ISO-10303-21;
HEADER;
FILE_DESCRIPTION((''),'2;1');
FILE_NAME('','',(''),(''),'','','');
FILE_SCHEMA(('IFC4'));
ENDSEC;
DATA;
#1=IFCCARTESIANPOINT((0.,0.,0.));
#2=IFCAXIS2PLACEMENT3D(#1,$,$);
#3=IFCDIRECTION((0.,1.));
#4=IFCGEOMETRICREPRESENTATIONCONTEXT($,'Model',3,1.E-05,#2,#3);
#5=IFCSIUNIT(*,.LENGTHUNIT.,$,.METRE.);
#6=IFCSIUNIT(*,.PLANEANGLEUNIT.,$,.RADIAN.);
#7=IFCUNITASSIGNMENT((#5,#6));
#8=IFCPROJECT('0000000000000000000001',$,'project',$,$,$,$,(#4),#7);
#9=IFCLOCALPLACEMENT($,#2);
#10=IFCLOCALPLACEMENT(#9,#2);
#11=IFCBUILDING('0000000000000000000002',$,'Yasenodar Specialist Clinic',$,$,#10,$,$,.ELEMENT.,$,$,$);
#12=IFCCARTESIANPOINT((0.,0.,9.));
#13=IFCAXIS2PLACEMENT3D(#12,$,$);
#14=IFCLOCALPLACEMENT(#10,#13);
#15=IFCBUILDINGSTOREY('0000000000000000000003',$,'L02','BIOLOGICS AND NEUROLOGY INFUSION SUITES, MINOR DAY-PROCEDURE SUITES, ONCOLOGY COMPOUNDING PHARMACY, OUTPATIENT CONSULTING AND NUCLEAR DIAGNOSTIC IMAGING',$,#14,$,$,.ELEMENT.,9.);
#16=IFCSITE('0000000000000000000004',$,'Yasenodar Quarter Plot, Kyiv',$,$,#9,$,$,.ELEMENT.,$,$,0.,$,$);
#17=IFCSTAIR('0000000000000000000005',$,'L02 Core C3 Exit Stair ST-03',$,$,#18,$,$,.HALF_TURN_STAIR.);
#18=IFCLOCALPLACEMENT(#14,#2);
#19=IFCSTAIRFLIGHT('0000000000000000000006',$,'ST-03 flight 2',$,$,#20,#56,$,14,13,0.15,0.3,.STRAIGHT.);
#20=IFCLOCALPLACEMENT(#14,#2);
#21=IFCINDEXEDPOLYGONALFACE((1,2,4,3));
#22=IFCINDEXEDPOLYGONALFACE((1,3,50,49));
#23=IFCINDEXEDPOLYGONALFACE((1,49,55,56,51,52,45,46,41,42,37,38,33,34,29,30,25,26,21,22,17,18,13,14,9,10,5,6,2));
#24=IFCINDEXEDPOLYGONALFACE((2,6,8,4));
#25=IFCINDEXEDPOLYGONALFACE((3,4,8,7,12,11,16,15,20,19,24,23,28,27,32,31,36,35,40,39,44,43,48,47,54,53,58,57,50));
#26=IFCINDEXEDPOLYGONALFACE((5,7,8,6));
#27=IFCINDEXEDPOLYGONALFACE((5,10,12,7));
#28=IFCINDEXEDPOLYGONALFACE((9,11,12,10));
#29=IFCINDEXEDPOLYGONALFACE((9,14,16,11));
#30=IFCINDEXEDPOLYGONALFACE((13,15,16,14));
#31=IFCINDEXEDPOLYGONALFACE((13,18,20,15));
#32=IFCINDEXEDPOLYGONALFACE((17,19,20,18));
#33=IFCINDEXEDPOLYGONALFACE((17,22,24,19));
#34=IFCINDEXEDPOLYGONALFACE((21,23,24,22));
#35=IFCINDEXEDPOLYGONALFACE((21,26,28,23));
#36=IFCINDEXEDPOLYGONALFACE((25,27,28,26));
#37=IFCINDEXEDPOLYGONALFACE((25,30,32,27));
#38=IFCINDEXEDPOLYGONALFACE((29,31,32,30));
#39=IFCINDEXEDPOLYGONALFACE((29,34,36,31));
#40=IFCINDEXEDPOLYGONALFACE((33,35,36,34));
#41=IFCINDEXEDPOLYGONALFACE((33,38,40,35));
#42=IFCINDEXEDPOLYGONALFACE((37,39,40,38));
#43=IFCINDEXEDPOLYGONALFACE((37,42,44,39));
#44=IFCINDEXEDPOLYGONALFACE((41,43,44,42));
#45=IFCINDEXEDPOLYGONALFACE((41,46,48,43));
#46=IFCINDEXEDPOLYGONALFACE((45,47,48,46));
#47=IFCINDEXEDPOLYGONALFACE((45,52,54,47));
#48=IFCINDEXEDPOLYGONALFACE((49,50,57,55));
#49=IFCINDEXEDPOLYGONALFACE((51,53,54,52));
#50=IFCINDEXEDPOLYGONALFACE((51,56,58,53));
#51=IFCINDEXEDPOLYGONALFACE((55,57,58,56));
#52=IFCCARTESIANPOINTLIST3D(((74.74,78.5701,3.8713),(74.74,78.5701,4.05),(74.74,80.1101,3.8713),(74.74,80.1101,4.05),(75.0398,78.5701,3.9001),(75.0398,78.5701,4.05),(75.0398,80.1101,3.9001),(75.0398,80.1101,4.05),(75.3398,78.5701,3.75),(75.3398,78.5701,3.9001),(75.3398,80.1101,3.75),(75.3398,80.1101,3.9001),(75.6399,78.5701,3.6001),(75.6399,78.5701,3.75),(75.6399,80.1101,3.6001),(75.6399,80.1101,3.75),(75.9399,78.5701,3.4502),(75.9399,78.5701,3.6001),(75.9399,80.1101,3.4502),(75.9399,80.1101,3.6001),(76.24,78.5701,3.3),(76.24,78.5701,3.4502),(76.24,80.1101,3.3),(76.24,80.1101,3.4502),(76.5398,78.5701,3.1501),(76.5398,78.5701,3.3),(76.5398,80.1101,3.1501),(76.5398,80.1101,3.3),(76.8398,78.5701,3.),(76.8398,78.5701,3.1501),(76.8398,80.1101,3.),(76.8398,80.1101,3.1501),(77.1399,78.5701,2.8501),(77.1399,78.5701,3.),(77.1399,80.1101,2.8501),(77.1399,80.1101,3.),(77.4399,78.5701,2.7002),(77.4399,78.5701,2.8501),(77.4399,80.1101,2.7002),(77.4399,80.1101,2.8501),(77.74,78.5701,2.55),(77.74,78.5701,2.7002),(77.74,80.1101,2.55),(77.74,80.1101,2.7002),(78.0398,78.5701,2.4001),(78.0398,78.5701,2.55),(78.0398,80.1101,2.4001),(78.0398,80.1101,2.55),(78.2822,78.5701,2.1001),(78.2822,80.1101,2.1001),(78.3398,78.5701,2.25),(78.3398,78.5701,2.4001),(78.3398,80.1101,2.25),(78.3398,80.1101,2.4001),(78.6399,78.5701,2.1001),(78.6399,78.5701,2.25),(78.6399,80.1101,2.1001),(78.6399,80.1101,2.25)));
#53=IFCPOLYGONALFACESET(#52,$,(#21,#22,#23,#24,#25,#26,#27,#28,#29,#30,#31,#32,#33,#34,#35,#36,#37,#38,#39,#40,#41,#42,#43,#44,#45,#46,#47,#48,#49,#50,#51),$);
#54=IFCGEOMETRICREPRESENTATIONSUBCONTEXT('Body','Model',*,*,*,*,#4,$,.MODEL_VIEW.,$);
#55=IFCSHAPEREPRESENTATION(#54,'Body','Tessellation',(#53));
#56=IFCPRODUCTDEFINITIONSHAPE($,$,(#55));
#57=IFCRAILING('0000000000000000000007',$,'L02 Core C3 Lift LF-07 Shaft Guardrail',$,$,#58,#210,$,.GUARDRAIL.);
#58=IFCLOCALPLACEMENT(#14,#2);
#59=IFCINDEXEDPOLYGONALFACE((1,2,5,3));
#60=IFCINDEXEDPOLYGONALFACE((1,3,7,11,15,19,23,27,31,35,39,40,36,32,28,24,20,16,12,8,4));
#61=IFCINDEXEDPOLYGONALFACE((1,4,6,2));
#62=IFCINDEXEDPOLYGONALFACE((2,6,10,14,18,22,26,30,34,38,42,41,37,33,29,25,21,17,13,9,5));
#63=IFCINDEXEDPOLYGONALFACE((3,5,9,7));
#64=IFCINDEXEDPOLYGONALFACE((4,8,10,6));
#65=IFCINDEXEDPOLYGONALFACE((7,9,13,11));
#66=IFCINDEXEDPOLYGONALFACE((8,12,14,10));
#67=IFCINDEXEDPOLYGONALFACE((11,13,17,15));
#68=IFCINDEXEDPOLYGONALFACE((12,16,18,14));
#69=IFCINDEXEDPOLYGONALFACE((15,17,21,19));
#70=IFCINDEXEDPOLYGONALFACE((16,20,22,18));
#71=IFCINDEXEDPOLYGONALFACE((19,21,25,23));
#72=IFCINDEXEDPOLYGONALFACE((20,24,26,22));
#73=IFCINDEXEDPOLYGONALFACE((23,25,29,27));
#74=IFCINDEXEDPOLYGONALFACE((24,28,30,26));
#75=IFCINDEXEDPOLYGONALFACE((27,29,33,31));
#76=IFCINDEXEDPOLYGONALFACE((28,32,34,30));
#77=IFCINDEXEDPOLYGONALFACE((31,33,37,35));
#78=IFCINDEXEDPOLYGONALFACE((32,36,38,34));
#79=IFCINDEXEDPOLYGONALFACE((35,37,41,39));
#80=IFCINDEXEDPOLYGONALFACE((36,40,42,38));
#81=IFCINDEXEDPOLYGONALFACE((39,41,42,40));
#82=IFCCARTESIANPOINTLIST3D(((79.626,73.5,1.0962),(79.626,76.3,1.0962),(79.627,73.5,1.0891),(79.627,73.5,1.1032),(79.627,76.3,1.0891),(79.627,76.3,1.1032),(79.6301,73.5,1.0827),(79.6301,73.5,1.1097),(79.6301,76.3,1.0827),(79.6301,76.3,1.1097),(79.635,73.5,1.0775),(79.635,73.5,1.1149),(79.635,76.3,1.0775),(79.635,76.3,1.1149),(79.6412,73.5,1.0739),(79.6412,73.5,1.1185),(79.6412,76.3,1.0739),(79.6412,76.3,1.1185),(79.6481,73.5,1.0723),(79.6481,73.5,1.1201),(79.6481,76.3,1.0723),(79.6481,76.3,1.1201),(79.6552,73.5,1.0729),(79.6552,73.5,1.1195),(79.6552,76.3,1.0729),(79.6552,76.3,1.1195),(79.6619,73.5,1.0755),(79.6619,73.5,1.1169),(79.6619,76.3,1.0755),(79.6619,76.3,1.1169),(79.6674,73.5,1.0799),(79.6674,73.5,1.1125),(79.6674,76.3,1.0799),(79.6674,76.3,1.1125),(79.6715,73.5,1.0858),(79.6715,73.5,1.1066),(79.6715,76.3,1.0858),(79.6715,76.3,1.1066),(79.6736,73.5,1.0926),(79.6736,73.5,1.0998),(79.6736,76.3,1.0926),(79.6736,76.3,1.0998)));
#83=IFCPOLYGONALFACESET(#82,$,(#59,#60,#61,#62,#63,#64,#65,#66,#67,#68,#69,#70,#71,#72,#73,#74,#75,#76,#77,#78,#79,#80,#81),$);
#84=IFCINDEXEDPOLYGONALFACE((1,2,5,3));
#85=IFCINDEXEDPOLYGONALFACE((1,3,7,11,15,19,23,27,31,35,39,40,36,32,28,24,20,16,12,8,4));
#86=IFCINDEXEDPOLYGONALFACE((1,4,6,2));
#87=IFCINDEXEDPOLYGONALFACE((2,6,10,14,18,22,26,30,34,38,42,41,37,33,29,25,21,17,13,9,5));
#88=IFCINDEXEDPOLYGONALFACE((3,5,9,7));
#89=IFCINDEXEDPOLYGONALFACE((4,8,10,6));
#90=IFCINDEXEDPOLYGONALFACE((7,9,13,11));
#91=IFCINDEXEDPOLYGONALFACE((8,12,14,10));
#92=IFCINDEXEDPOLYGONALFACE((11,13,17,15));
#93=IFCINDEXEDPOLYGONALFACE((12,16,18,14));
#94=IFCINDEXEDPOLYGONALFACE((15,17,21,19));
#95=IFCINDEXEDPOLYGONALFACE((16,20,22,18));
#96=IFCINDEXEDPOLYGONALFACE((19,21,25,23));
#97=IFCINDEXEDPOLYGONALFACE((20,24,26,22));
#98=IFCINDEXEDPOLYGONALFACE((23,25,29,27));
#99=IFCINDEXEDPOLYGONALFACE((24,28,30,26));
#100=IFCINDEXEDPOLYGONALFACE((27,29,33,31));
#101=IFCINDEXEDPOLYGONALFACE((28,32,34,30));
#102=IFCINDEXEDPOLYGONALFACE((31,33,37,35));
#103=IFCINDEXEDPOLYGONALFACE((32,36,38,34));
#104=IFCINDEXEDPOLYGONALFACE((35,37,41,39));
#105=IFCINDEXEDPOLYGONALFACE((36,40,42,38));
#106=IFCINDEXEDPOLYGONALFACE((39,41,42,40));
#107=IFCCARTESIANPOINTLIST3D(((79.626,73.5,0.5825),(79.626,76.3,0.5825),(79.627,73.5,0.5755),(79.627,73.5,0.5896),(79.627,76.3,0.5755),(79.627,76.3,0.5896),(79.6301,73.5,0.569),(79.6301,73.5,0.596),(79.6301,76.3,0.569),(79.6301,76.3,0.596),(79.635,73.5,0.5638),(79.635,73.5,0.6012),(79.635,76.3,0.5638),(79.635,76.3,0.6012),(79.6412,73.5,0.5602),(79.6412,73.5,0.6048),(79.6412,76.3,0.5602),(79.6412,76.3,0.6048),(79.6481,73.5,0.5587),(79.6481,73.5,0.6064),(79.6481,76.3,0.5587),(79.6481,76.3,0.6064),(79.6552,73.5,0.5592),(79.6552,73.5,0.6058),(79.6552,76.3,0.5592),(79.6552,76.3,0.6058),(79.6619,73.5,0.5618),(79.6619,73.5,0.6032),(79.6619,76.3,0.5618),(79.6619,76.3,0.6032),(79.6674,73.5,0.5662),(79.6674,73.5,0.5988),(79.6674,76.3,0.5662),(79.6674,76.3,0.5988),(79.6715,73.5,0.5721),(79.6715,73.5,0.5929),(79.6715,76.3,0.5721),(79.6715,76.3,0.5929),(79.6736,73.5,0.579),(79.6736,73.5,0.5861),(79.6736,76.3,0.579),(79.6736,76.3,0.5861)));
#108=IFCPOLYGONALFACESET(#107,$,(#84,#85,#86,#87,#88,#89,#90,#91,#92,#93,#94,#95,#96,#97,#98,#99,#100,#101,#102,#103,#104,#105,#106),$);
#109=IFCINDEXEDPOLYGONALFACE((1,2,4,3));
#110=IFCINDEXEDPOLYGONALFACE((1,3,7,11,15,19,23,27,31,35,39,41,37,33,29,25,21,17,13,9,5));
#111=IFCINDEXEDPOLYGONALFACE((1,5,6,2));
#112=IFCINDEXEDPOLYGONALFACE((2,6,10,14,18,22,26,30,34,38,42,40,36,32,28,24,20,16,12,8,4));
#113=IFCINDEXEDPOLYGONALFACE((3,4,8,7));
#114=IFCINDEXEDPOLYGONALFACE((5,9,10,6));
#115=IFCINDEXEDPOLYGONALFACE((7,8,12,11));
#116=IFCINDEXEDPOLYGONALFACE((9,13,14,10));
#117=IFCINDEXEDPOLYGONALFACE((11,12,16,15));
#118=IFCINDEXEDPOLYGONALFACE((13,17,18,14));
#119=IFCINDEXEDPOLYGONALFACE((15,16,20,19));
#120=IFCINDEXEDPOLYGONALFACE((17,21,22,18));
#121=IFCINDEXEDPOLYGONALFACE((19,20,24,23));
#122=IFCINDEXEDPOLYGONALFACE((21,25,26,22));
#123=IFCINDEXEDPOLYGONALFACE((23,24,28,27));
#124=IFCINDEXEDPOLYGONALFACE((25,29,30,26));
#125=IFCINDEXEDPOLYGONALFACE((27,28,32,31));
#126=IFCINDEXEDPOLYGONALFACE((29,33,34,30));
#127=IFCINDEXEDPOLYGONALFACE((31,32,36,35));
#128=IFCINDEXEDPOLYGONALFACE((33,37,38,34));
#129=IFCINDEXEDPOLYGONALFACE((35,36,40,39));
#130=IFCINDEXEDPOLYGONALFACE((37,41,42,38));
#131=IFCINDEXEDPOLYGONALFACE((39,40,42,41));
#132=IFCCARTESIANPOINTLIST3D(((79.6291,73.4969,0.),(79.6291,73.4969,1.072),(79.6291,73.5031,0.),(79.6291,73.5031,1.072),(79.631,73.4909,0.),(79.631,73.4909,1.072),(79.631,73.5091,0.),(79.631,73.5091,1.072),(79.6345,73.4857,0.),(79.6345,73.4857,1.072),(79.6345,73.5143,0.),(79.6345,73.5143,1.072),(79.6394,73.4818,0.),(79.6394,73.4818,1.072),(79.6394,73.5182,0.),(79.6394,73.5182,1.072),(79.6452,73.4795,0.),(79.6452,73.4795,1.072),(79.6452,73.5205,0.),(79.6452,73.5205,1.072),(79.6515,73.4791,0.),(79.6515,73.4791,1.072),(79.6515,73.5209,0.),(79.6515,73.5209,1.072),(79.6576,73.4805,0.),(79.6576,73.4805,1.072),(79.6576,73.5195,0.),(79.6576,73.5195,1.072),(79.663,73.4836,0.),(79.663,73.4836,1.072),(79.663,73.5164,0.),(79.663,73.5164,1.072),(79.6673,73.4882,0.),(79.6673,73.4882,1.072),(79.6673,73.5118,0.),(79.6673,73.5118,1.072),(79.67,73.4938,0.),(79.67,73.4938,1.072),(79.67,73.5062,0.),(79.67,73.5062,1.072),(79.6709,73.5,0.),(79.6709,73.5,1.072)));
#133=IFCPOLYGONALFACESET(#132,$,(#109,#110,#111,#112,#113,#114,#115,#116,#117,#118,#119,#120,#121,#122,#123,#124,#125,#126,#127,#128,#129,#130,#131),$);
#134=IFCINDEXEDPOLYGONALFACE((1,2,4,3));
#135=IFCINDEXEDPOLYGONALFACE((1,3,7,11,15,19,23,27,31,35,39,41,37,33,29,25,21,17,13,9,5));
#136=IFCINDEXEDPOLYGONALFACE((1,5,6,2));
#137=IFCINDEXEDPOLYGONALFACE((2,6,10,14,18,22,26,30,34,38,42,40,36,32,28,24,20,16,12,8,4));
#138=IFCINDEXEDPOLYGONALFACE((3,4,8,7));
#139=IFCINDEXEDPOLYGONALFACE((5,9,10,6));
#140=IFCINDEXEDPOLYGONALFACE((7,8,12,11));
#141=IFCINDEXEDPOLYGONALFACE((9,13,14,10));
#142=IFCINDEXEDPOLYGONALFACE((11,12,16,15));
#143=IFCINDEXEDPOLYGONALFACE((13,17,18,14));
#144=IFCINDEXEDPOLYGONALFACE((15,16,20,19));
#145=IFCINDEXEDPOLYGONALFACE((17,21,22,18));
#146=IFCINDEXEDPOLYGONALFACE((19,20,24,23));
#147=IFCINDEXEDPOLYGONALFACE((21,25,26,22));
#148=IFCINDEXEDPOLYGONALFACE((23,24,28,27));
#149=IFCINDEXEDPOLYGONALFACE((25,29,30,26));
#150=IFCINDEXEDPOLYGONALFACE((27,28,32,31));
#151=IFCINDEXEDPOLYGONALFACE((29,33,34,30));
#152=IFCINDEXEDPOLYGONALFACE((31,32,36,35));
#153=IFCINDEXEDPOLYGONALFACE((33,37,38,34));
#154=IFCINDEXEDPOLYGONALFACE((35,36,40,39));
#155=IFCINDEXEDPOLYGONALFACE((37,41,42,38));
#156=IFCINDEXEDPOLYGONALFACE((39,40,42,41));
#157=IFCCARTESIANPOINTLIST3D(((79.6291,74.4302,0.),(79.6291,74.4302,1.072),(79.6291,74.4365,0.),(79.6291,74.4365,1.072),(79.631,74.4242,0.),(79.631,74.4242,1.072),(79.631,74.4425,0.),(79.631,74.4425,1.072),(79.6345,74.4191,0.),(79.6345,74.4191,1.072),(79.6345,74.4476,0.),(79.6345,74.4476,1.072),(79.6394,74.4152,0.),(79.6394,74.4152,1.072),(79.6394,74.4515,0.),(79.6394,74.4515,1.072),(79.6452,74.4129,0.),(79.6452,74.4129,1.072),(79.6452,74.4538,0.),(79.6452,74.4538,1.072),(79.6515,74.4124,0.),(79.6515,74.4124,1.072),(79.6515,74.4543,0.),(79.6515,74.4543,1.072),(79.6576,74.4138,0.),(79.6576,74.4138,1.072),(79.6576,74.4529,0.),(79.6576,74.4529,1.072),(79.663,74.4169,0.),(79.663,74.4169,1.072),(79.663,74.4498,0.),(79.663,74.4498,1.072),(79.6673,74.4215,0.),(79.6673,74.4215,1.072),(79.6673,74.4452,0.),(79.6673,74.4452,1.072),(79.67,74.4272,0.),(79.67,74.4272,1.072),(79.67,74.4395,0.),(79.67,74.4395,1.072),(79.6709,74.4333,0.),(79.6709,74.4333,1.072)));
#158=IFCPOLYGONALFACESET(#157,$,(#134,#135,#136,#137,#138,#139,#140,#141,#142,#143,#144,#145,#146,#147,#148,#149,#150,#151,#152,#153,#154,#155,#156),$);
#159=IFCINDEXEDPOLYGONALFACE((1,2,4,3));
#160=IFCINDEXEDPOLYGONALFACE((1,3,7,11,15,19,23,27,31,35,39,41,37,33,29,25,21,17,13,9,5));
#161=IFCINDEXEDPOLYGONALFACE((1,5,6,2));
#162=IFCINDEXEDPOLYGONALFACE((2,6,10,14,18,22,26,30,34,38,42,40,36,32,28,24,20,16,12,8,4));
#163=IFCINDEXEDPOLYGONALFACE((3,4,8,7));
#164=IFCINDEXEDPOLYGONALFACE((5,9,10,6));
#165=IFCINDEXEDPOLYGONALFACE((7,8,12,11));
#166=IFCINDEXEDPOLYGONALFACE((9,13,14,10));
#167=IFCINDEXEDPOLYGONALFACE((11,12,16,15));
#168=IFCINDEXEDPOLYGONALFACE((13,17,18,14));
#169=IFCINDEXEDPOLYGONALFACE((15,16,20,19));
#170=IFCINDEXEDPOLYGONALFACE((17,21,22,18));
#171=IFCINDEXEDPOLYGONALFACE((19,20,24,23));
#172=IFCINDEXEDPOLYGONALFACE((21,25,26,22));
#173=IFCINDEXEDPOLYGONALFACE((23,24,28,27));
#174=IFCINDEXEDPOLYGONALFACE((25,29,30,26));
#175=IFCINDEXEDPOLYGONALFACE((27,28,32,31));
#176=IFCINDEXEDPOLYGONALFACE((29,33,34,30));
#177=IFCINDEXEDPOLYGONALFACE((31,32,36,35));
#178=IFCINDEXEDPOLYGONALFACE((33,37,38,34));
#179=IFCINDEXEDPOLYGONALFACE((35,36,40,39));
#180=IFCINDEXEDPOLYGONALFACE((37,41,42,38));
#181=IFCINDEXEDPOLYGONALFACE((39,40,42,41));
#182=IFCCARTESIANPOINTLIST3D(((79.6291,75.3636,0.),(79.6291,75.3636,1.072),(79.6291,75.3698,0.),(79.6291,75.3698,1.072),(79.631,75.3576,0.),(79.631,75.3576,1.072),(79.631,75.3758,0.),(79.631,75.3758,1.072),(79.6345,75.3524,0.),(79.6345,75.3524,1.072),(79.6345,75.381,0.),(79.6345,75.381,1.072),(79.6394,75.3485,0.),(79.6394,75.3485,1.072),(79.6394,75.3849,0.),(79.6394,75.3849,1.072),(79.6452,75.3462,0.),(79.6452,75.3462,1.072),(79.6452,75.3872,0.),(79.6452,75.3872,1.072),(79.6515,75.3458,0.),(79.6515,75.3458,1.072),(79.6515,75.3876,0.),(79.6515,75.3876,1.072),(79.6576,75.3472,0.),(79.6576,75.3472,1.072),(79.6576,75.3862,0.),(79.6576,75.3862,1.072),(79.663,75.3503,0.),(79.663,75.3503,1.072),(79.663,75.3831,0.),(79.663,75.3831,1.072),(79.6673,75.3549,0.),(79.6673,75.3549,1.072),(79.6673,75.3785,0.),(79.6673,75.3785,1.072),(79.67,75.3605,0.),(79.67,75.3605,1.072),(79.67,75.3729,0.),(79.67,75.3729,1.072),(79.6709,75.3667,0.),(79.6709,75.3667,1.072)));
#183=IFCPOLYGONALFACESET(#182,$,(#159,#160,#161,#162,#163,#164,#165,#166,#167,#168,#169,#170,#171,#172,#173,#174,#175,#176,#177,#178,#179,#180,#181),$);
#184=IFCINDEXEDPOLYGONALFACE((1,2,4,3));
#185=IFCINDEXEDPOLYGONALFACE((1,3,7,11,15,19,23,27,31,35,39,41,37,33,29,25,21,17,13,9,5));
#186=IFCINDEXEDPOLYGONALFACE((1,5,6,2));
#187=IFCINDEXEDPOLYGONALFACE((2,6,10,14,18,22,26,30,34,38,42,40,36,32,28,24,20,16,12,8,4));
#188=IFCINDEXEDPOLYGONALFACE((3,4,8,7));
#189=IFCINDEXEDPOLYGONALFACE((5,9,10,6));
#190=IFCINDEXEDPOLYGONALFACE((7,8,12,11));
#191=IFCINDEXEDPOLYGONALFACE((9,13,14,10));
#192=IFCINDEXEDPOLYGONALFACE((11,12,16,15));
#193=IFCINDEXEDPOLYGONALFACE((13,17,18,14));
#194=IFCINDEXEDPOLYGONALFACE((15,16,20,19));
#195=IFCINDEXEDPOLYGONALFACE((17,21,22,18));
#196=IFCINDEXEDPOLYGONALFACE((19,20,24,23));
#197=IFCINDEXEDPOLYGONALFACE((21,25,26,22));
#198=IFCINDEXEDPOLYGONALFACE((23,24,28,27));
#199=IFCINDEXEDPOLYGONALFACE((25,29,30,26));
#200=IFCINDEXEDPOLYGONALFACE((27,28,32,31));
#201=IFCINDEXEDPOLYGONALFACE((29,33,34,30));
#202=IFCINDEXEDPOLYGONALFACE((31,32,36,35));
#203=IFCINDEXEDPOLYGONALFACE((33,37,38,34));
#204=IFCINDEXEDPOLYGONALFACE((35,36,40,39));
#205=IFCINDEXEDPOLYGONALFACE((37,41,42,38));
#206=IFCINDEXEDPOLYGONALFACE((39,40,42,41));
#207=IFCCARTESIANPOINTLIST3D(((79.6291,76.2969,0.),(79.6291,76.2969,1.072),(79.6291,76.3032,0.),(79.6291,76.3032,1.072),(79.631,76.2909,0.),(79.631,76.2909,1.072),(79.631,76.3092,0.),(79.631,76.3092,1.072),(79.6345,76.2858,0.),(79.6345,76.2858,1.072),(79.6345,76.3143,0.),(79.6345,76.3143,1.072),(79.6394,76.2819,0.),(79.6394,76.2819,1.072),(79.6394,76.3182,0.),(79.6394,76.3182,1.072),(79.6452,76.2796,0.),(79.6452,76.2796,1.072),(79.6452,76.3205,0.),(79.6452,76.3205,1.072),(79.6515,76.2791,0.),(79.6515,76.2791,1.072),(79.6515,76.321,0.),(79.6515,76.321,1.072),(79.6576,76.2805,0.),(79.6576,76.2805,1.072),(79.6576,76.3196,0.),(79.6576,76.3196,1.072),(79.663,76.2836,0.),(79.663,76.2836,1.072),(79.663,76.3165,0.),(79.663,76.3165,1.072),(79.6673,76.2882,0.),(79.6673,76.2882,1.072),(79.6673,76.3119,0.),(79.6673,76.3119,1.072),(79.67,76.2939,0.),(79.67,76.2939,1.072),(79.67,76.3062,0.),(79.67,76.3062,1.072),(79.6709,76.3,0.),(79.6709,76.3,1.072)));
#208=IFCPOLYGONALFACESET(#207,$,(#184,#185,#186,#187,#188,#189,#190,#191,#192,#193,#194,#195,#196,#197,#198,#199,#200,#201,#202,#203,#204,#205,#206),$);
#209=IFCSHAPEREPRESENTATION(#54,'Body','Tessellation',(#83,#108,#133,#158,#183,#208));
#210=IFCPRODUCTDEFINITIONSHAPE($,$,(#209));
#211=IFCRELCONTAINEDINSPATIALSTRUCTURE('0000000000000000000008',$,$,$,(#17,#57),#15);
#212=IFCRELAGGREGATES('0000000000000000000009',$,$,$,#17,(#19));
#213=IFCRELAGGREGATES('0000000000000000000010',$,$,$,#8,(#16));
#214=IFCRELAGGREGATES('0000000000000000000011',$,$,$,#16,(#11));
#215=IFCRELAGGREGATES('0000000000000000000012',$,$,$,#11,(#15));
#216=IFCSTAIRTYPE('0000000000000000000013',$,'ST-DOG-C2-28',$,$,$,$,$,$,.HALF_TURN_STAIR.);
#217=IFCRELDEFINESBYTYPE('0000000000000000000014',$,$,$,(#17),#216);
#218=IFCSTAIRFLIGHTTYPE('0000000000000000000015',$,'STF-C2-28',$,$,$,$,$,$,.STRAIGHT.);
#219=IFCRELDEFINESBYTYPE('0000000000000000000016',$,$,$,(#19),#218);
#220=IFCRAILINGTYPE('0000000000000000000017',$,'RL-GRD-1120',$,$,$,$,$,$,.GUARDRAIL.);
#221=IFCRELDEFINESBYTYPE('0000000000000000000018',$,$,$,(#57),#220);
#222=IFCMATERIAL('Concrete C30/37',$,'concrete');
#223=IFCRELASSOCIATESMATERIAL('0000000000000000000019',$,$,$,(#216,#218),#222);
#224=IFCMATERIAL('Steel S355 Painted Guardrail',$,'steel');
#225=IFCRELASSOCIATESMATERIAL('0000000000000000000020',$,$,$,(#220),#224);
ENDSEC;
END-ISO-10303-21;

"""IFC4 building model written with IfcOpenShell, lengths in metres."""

from ifc_helpers import new_model, si_unit, direction, frame, origin, origin_2d, place, context, subcontext, project, spatial, polyline, circle, outline, extrude, material, type_object, element, aggregate, save


model = new_model("IFC4")

# Units and contexts
model_context = context("Model", 3, precision=1e-05, world=origin(), true_north=direction((0.0, 1.0)))
body_context = subcontext(model_context, "Body", "Model", "MODEL_VIEW")
ifc_project = project(units=[si_unit("LENGTHUNIT", "METRE"), si_unit("PLANEANGLEUNIT", "RADIAN")], contexts=[model_context])

# Site, building, storey
site_placement = place(None, origin())
site = spatial("IfcSite", under=ifc_project, at=site_placement, Name="Yasenodar Quarter Plot, Kyiv", CompositionType="ELEMENT", RefElevation=0.0)
building_placement = place(site_placement, origin())
building = spatial("IfcBuilding", under=site, at=building_placement, Name="Yasenodar Specialist Clinic", CompositionType="ELEMENT")
storey_placement = place(building_placement, frame((0.0, 0.0, 9.0)))
storey = spatial("IfcBuildingStorey", under=building, at=storey_placement, Name="L02", Description="BIOLOGICS AND NEUROLOGY INFUSION SUITES, MINOR DAY-PROCEDURE SUITES, ONCOLOGY COMPOUNDING PHARMACY, OUTPATIENT CONSULTING AND NUCLEAR DIAGNOSTIC IMAGING", CompositionType="ELEMENT", Elevation=9.0)

# Stair, stair flight
ifc_material_1 = material(Name="Concrete C30/37", Category="concrete")
stair_type = type_object("IfcStairType", Name="ST-DOG-C2-28", PredefinedType="HALF_TURN_STAIR", material=ifc_material_1)
stair_placement = place(storey_placement, origin())
stair = element("IfcStair", 1, at=stair_placement, inside=storey, type_object=stair_type, Name="L02 Core C3 Exit Stair ST-03", PredefinedType="HALF_TURN_STAIR")
stair_flight_type = type_object("IfcStairFlightType", Name="STF-C2-28", PredefinedType="STRAIGHT", material=ifc_material_1)
stair_flight_placement = place(storey_placement, frame((78.6399, 79.3401, 2.1001), z_axis=(0.0, 0.0, 1.0), x_axis=(-1.0, 0.0, 0.0)))
stair_flight = element("IfcStairFlight", 2, at=stair_flight_placement, type_object=stair_flight_type, Name="ST-03 flight 2", NumberOfRisers=14, NumberOfTreads=13, PredefinedType="STRAIGHT", RiserHeight=0.15, TreadLength=0.3, context=body_context, shape_type="SweptSolid", body=[
    extrude(outline(polyline([(0.0, 0.0), (0.0, 0.1499), (0.3, 0.1499), (0.3, 0.3), (0.6001, 0.3), (0.6001, 0.45), (0.8999, 0.45), (0.8999, 0.6001), (1.2, 0.6001), (1.2, 0.75), (1.5, 0.75), (1.5, 0.8999), (1.8, 0.8999), (1.8, 1.05), (2.1001, 1.05), (2.1001, 1.2), (2.3999, 1.2), (2.3999, 1.3501), (2.7, 1.3501), (2.7, 1.5), (3.0, 1.5), (3.0, 1.6499), (3.3, 1.6499), (3.3, 1.8), (3.6001, 1.8), (3.6001, 1.95), (3.8999, 1.95), (3.8999, 2.1001), (3.8999, 1.7712), (0.3577, 0.0), (0.0, 0.0)])), frame((0.0, 0.77, 0.0), z_axis=(0.0, -1.0, 0.0), x_axis=(1.0, 0.0, 0.0)), (0.0, 0.0, 1.0), 1.54),
])
aggregate(stair, [stair_flight])

# Railing
ifc_material_2 = material(Name="Steel S355 Painted Guardrail", Category="steel")
railing_type_1 = type_object("IfcRailingType", Name="RL-GRD-1120", PredefinedType="GUARDRAIL", material=ifc_material_2)
railing_1_placement = place(storey_placement, frame((79.6499, 73.5, 0.0)))
element("IfcRailing", 3, at=railing_1_placement, inside=storey, type_object=railing_type_1, Name="L02 Core C3 Lift LF-07 Shaft Guardrail", PredefinedType="GUARDRAIL", context=body_context, shape_type="SweptSolid", body=[
    extrude(circle(Radius=0.0239, at=origin_2d()), frame((0.0, 0.0, 1.0962), z_axis=(0.0, 1.0, 0.0), x_axis=(-1.0, 0.0, 0.0)), (0.0, 0.0, 1.0), 2.8),
    extrude(circle(Radius=0.0239, at=origin_2d()), frame((0.0, 0.0, 0.5825), z_axis=(0.0, 1.0, 0.0), x_axis=(-1.0, 0.0, 0.0)), (0.0, 0.0, 1.0), 2.8),
    extrude(circle(Radius=0.021, at=origin_2d()), origin(), (0.0, 0.0, 1.0), 1.072),
    extrude(circle(Radius=0.021, at=origin_2d()), frame((0.0, 0.9333, 0.0)), (0.0, 0.0, 1.0), 1.072),
    extrude(circle(Radius=0.021, at=origin_2d()), frame((0.0, 1.8667, 0.0)), (0.0, 0.0, 1.0), 1.072),
    extrude(circle(Radius=0.021, at=origin_2d()), frame((0.0, 2.8, 0.0)), (0.0, 0.0, 1.0), 1.072),
])

save(model, "model.ifc")
